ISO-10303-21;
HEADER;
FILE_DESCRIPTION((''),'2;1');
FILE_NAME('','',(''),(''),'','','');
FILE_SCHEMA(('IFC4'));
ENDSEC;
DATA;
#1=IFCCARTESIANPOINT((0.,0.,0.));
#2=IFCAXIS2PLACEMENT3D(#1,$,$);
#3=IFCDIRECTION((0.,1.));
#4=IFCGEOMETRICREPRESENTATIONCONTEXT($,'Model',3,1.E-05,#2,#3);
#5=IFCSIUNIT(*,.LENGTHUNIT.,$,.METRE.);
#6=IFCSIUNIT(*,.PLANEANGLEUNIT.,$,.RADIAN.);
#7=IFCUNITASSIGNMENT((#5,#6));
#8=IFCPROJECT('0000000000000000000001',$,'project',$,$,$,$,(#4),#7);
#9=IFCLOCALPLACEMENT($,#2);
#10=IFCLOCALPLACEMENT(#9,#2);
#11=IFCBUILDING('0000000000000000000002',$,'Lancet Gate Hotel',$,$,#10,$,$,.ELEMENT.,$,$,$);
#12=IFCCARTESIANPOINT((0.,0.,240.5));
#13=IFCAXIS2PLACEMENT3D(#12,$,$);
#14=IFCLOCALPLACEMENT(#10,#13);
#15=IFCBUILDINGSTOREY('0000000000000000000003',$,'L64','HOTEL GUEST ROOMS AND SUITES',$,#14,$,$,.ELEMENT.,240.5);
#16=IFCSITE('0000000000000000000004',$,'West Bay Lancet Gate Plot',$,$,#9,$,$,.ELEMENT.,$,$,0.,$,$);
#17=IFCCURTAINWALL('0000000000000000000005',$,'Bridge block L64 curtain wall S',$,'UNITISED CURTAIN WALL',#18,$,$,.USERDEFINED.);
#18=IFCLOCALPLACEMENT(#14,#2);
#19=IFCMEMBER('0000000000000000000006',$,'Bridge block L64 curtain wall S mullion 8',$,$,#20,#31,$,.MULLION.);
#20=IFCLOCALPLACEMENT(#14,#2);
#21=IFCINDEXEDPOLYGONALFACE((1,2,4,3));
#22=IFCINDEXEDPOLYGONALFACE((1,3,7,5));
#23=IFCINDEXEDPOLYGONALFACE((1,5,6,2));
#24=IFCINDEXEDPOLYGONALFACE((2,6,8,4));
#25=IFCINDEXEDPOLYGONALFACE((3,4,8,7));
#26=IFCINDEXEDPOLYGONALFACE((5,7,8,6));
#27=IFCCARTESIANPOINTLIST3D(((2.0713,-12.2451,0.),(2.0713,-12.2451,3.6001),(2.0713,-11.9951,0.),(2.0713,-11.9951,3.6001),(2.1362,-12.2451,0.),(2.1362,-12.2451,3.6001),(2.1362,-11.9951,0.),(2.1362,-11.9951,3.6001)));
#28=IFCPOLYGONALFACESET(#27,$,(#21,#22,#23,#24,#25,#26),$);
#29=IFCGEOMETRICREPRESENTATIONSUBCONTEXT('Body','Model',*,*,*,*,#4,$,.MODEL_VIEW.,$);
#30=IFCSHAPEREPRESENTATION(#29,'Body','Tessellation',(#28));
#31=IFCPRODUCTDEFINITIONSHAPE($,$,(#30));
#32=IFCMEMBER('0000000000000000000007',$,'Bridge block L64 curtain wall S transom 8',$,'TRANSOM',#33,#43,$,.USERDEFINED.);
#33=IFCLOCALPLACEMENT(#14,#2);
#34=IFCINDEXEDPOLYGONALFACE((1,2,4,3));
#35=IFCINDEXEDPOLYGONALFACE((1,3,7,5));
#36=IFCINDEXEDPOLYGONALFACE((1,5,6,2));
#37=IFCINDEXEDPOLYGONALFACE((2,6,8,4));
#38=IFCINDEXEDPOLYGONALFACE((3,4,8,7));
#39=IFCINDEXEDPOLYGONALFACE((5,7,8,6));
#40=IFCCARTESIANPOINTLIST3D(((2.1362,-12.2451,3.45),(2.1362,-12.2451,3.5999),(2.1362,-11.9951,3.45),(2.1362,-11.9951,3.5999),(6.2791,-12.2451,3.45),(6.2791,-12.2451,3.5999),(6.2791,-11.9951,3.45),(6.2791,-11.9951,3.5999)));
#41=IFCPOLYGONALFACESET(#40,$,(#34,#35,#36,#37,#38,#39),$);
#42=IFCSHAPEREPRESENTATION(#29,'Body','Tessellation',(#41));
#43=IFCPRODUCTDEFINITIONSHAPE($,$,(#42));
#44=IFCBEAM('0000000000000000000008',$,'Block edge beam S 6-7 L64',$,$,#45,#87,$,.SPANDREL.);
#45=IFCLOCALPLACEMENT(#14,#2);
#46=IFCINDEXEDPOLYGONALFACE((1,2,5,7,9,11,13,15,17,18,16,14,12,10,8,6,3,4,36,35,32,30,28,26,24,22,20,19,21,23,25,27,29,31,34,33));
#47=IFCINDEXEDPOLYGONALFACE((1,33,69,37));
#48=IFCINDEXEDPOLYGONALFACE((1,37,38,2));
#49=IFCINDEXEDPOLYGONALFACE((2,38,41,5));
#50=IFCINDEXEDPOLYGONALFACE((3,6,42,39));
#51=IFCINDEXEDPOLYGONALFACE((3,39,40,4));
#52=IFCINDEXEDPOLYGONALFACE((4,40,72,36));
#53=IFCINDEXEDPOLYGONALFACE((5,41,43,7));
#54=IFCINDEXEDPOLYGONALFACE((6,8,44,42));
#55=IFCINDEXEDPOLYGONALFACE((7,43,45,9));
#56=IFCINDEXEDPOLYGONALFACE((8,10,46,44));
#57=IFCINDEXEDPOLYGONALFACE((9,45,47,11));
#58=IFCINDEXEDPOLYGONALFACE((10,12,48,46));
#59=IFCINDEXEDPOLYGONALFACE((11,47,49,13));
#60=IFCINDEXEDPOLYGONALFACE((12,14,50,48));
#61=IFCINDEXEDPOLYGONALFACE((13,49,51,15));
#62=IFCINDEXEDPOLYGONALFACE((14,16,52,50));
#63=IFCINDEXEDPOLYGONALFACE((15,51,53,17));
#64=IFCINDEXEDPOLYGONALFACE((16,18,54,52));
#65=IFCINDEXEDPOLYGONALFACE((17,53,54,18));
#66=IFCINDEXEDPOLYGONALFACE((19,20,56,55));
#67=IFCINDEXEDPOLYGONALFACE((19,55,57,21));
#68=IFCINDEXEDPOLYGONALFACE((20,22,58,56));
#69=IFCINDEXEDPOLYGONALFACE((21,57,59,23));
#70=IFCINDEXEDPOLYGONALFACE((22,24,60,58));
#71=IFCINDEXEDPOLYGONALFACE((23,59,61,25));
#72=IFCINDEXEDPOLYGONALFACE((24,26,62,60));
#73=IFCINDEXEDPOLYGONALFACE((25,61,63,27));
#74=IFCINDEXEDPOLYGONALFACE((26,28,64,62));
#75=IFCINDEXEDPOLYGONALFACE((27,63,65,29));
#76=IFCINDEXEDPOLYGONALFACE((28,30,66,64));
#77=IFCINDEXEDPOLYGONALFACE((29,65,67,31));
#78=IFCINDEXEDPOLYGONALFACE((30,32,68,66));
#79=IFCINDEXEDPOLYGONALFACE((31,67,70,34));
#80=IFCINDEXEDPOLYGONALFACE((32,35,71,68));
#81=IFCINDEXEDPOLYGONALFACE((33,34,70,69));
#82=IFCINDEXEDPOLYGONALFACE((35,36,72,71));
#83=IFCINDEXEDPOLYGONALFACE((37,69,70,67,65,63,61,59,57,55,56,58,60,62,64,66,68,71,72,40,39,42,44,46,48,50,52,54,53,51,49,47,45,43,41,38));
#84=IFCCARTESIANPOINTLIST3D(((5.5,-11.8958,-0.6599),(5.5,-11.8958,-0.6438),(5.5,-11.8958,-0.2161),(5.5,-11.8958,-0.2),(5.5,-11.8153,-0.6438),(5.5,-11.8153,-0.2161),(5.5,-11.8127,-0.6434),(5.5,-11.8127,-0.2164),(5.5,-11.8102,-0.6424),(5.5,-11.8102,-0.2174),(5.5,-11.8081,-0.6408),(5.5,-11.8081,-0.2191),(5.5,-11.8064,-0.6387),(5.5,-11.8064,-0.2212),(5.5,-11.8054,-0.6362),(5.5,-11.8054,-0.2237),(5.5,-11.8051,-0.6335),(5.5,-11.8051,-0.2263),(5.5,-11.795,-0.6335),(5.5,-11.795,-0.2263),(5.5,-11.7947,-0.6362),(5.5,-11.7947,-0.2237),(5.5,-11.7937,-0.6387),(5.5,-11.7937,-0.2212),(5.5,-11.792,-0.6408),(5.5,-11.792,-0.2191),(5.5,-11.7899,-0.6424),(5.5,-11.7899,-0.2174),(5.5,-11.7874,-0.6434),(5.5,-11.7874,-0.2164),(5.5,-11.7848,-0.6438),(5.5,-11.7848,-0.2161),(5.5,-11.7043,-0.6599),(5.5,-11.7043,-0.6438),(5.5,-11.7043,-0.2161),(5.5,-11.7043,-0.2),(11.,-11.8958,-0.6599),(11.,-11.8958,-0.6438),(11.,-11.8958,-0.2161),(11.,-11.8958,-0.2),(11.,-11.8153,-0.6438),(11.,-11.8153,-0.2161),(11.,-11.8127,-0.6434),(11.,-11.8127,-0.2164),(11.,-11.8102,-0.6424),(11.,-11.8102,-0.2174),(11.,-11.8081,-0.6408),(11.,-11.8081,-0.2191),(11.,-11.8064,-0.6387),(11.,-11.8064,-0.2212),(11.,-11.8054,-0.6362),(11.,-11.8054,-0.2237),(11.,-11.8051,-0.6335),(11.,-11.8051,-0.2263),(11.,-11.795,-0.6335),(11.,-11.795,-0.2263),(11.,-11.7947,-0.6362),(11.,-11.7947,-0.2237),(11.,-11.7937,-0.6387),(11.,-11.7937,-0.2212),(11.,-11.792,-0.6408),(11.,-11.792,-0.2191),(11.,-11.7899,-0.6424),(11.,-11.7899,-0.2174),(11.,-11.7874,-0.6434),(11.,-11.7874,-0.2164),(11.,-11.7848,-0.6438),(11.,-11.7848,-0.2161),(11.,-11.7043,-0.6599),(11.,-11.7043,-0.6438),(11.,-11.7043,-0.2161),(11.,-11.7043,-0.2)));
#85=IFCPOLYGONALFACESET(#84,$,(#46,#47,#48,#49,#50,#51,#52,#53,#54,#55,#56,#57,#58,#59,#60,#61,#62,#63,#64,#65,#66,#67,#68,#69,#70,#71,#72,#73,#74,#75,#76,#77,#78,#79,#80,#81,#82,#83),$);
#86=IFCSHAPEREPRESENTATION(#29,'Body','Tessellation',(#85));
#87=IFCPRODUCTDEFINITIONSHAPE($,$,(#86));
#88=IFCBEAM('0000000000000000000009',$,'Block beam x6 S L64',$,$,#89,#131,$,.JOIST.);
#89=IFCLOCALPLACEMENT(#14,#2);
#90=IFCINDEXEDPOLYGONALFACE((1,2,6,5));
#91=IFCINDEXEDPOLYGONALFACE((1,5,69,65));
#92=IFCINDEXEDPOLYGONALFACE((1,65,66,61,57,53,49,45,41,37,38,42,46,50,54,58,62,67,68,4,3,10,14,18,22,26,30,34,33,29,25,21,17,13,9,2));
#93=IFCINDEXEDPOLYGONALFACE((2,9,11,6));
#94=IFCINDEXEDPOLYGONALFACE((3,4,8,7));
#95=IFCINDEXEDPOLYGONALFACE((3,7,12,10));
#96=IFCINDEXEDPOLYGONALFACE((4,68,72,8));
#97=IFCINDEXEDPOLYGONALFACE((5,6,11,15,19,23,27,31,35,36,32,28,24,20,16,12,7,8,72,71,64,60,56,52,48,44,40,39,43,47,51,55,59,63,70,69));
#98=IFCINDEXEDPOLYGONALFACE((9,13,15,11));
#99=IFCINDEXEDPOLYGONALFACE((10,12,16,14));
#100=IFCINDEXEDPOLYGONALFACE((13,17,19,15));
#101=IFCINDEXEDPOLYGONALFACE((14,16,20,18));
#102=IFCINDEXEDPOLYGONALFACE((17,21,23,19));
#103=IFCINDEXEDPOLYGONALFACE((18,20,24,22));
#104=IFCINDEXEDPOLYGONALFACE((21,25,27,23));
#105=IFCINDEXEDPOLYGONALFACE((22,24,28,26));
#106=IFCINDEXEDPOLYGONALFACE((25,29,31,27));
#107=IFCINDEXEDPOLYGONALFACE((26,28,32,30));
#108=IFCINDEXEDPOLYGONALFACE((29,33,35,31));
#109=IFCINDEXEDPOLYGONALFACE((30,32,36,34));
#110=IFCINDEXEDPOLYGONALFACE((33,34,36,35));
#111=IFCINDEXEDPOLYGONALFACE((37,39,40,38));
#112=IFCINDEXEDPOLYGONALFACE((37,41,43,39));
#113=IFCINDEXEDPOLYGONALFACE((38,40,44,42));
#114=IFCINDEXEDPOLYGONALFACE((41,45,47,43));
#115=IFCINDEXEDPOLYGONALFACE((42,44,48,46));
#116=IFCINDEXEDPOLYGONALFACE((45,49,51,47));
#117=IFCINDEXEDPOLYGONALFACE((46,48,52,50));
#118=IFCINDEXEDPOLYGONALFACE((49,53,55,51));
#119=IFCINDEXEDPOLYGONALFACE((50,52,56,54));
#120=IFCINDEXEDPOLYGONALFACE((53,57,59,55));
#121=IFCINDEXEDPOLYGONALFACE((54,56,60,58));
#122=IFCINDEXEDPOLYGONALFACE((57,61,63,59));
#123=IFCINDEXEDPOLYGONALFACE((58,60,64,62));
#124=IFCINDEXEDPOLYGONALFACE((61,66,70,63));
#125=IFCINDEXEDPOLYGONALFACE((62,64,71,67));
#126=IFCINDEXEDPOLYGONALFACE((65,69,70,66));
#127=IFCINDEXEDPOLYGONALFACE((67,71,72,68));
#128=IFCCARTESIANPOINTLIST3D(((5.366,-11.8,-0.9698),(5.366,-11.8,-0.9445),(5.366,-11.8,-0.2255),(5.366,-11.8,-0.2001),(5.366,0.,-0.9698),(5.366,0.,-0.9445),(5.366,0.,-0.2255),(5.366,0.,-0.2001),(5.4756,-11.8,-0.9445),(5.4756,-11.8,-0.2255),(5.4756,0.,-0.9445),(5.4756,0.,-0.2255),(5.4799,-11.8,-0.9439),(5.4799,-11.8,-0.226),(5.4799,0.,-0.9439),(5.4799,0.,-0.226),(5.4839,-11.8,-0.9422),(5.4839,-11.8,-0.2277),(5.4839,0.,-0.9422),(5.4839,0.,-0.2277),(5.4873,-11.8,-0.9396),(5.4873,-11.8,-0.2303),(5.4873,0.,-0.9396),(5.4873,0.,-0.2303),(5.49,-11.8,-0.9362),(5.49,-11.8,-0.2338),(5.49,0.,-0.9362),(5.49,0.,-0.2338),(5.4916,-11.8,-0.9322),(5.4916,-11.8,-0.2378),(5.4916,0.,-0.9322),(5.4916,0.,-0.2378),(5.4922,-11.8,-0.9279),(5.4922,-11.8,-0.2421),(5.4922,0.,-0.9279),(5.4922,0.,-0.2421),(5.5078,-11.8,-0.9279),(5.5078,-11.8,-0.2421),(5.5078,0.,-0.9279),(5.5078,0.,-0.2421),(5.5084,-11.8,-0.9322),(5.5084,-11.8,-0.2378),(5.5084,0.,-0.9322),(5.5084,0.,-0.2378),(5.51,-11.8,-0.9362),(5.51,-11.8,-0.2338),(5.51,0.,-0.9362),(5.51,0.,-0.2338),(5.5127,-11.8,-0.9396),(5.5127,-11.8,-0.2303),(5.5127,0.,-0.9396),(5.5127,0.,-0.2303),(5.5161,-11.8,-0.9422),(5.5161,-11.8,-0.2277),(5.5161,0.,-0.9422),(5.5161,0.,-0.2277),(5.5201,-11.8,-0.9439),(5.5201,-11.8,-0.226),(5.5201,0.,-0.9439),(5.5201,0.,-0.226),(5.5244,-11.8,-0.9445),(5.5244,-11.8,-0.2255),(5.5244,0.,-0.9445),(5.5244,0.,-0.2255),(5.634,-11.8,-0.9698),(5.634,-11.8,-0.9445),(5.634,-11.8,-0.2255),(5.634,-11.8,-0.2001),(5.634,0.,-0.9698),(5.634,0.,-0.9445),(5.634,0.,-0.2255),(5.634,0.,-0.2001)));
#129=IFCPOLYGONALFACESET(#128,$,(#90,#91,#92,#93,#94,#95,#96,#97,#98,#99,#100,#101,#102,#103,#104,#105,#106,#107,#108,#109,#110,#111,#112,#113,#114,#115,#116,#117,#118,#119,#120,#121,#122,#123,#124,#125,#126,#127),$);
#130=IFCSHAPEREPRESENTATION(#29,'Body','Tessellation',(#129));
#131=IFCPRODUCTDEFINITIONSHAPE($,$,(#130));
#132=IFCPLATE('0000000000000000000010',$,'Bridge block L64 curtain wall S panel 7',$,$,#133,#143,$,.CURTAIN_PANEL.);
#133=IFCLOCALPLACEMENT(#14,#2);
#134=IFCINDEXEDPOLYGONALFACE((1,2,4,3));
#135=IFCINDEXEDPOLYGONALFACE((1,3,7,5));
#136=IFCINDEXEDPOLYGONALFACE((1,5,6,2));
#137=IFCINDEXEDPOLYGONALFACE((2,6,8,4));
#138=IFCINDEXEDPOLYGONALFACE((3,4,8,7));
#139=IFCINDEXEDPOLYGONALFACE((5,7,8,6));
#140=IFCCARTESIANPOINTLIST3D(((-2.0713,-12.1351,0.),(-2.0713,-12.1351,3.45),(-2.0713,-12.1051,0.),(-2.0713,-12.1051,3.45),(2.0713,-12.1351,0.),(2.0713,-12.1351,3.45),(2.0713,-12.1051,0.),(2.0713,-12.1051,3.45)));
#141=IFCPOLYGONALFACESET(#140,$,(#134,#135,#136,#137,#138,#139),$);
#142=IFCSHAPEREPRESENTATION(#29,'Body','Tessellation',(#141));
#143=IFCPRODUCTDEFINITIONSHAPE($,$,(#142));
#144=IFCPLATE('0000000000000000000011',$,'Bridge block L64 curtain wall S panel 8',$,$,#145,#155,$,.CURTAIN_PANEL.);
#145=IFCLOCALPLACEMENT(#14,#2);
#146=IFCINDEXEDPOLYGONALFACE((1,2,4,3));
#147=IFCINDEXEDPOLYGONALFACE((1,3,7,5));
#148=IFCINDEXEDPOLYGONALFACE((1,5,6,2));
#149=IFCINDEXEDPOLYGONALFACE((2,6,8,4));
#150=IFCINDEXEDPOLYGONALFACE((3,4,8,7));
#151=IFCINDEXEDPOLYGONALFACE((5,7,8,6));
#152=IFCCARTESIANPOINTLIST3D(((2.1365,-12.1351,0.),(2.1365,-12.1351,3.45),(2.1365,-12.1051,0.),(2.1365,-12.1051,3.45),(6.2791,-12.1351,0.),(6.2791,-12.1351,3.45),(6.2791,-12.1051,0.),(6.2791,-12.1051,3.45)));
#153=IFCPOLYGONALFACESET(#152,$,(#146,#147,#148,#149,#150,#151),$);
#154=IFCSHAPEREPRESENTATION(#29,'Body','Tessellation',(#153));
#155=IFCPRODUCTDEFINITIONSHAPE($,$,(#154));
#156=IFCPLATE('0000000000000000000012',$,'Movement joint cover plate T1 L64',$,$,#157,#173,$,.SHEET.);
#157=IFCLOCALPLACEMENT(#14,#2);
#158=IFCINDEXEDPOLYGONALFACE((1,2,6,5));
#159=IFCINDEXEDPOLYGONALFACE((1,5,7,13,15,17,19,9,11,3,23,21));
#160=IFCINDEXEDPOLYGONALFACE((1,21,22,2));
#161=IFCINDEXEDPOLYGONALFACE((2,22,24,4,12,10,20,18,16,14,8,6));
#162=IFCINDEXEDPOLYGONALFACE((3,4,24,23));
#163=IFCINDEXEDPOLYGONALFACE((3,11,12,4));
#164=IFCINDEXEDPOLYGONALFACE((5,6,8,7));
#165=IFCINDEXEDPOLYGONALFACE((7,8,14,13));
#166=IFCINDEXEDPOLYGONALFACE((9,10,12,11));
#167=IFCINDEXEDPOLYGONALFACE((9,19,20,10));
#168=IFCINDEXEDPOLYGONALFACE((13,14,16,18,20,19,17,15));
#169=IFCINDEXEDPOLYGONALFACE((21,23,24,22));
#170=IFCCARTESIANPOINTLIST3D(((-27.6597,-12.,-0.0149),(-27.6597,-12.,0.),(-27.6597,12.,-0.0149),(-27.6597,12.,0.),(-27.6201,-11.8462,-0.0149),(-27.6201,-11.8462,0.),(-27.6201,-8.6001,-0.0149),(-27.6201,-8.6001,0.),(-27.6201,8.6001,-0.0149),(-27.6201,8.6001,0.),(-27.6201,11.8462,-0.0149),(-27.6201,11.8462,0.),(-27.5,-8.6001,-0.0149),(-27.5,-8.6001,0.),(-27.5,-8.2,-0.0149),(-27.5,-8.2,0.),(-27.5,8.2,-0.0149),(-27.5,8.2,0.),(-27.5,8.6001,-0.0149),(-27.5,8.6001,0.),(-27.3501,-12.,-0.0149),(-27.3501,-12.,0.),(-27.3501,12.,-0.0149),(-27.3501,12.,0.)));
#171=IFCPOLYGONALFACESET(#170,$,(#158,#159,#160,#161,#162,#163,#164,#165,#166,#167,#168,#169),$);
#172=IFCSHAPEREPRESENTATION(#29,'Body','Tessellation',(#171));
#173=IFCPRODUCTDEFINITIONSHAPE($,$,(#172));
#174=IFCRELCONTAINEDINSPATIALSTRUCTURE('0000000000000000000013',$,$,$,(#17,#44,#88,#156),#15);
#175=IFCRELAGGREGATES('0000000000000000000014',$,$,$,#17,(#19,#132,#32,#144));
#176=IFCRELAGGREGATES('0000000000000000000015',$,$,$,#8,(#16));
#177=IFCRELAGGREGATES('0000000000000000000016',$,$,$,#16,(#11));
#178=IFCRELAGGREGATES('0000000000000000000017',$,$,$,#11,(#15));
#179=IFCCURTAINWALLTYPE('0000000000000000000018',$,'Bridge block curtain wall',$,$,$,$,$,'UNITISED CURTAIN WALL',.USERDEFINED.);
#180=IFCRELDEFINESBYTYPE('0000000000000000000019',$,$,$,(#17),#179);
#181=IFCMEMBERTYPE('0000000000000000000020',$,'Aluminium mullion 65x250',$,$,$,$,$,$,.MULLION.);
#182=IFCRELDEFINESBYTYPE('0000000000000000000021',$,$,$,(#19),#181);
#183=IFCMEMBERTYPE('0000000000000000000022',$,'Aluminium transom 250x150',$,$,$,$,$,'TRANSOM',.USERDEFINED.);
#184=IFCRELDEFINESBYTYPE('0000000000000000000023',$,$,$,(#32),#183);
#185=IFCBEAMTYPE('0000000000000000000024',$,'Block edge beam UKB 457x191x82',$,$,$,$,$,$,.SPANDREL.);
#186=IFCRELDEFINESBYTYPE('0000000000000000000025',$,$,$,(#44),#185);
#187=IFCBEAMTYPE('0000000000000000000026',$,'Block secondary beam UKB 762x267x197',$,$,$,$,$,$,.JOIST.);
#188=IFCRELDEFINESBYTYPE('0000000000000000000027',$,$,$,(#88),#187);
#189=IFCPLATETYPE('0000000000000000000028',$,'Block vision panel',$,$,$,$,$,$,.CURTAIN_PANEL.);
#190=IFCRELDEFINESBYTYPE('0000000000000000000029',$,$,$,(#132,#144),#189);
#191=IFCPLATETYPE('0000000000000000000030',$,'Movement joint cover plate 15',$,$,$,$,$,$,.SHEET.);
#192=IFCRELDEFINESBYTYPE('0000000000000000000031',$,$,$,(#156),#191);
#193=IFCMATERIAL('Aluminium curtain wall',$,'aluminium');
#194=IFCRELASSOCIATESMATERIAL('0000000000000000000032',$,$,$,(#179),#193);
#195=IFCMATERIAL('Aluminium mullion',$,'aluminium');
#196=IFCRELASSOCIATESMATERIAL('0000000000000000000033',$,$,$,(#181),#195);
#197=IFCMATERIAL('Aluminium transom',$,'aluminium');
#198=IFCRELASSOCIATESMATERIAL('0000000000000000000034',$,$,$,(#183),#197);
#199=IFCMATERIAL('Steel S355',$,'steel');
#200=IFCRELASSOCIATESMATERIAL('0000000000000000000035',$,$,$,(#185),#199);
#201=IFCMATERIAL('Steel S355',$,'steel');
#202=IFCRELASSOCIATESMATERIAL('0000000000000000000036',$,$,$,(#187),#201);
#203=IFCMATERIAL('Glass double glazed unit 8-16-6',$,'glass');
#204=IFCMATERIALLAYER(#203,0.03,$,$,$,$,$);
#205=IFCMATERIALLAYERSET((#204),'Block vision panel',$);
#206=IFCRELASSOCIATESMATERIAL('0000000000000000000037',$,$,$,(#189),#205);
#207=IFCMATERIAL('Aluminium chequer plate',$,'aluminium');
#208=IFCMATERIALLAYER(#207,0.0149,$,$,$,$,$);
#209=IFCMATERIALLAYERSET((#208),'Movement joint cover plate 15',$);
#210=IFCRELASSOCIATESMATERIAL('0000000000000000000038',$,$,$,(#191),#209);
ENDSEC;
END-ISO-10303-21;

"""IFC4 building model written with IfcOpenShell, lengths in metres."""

from ifc_helpers import new_model, si_unit, direction, frame, origin, origin_2d, place, context, subcontext, project, spatial, polyline, rectangle, i_section, outline, extrude, material, layer, layer_set, material_profile, profile_set, type_object, element, aggregate, save


model = new_model("IFC4")

# Units and contexts
model_context = context("Model", 3, precision=1e-05, world=origin(), true_north=direction((0.0, 1.0)))
body_context = subcontext(model_context, "Body", "Model", "MODEL_VIEW")
ifc_project = project(units=[si_unit("LENGTHUNIT", "METRE"), si_unit("PLANEANGLEUNIT", "RADIAN")], contexts=[model_context])

# Site, building, storey
site_placement = place(None, origin())
site = spatial("IfcSite", under=ifc_project, at=site_placement, Name="West Bay Lancet Gate Plot", CompositionType="ELEMENT", RefElevation=0.0)
building_placement = place(site_placement, origin())
building = spatial("IfcBuilding", under=site, at=building_placement, Name="Lancet Gate Hotel", CompositionType="ELEMENT")
storey_placement = place(building_placement, frame((0.0, 0.0, 240.5)))
storey = spatial("IfcBuildingStorey", under=building, at=storey_placement, Name="L64", Description="HOTEL GUEST ROOMS AND SUITES", CompositionType="ELEMENT", Elevation=240.5)

# Curtain wall, members
ifc_material_1 = material(Name="Aluminium curtain wall", Category="aluminium")
curtain_wall_type = type_object("IfcCurtainWallType", Name="Bridge block curtain wall", ElementType="UNITISED CURTAIN WALL", PredefinedType="USERDEFINED", material=ifc_material_1)
curtain_wall_placement = place(storey_placement, origin())
curtain_wall = element("IfcCurtainWall", 1, at=curtain_wall_placement, inside=storey, type_object=curtain_wall_type, Name="Bridge block L64 curtain wall S", ObjectType="UNITISED CURTAIN WALL", PredefinedType="USERDEFINED")
ifc_material_2 = material(Name="Aluminium mullion", Category="aluminium")
ifc_material_profile_1 = material_profile(ifc_material_2, rectangle(XDim=0.0649, YDim=0.25, at=origin_2d()), Name="MULLION 65x250")
ifc_profile_set_1 = profile_set([ifc_material_profile_1], Name="Aluminium mullion")
member_type_1 = type_object("IfcMemberType", Name="Aluminium mullion 65x250", PredefinedType="MULLION", material=ifc_profile_set_1)
member_1_placement = place(storey_placement, frame((2.1038, -12.1201, 0.0), z_axis=(0.0, 0.0, 1.0), x_axis=(1.0, 0.0, 0.0)))
member_1 = element("IfcMember", 2, at=member_1_placement, type_object=member_type_1, Name="Bridge block L64 curtain wall S mullion 8", PredefinedType="MULLION", context=body_context, shape_type="SweptSolid", body=[
    extrude(rectangle(XDim=0.0649, YDim=0.25, at=origin_2d()), origin(), (0.0, 0.0, 1.0), 3.6001),
])
ifc_material_3 = material(Name="Aluminium transom", Category="aluminium")
ifc_material_profile_2 = material_profile(ifc_material_3, rectangle(XDim=0.25, YDim=0.1499, at=origin_2d()), Name="TRANSOM 250x150")
ifc_profile_set_2 = profile_set([ifc_material_profile_2], Name="Aluminium transom")
member_type_2 = type_object("IfcMemberType", Name="Aluminium transom 250x150", ElementType="TRANSOM", PredefinedType="USERDEFINED", material=ifc_profile_set_2)
member_2_placement = place(storey_placement, frame((2.1362, -12.1201, 3.5249), z_axis=(1.0, 0.0, 0.0), x_axis=(0.0, 1.0, 0.0)))
member_2 = element("IfcMember", 3, at=member_2_placement, type_object=member_type_2, Name="Bridge block L64 curtain wall S transom 8", ObjectType="TRANSOM", PredefinedType="USERDEFINED", context=body_context, shape_type="SweptSolid", body=[
    extrude(rectangle(XDim=0.25, YDim=0.1499, at=origin_2d()), origin(), (0.0, 0.0, 1.0), 4.1428),
])

# Beams
ifc_material_4 = material(Name="Steel S355", Category="steel")
ifc_material_profile_3 = material_profile(ifc_material_4, i_section(OverallWidth=0.1914, OverallDepth=0.46, WebThickness=0.01, FlangeThickness=0.0161, FilletRadius=0.0103, at=origin_2d()), Name="UKB 457x191x82")
ifc_profile_set_3 = profile_set([ifc_material_profile_3], Name="Steel S355")
beam_type_1 = type_object("IfcBeamType", Name="Block edge beam UKB 457x191x82", PredefinedType="SPANDREL", material=ifc_profile_set_3)
beam_1_placement = place(storey_placement, frame((5.5, -11.8, -0.4299), z_axis=(1.0, 0.0, 0.0), x_axis=(0.0, 1.0, 0.0)))
element("IfcBeam", 4, at=beam_1_placement, inside=storey, type_object=beam_type_1, Name="Block edge beam S 6-7 L64", PredefinedType="SPANDREL", context=body_context, shape_type="SweptSolid", body=[
    extrude(i_section(OverallWidth=0.1914, OverallDepth=0.46, WebThickness=0.01, FlangeThickness=0.0161, FilletRadius=0.0103, at=origin_2d()), origin(), (0.0, 0.0, 1.0), 5.5),
])
ifc_material_5 = material(Name="Steel S355", Category="steel")
ifc_material_profile_4 = material_profile(ifc_material_5, i_section(OverallWidth=0.2681, OverallDepth=0.7698, WebThickness=0.0156, FlangeThickness=0.0254, FilletRadius=0.0166, at=origin_2d()), Name="UKB 762x267x197")
ifc_profile_set_4 = profile_set([ifc_material_profile_4], Name="Steel S355")
beam_type_2 = type_object("IfcBeamType", Name="Block secondary beam UKB 762x267x197", PredefinedType="JOIST", material=ifc_profile_set_4)
beam_2_placement = place(storey_placement, frame((5.5, -11.8, -0.585), z_axis=(0.0, 1.0, 0.0), x_axis=(-1.0, 0.0, 0.0)))
element("IfcBeam", 5, at=beam_2_placement, inside=storey, type_object=beam_type_2, Name="Block beam x6 S L64", PredefinedType="JOIST", context=body_context, shape_type="SweptSolid", body=[
    extrude(i_section(OverallWidth=0.2681, OverallDepth=0.7698, WebThickness=0.0156, FlangeThickness=0.0254, FilletRadius=0.0166, at=origin_2d()), origin(), (0.0, 0.0, 1.0), 11.8),
])

# Plates
ifc_material_6 = material(Name="Glass double glazed unit 8-16-6", Category="glass")
ifc_layer_1 = layer(ifc_material_6, 0.03)
ifc_layer_set_1 = layer_set([ifc_layer_1], Name="Block vision panel")
plate_type_1 = type_object("IfcPlateType", Name="Block vision panel", PredefinedType="CURTAIN_PANEL", material=ifc_layer_set_1)
plate_1_placement = place(storey_placement, frame((0.0, -12.1201, 0.0), z_axis=(0.0, 0.0, 1.0), x_axis=(1.0, 0.0, 0.0)))
plate_1 = element("IfcPlate", 6, at=plate_1_placement, type_object=plate_type_1, Name="Bridge block L64 curtain wall S panel 7", PredefinedType="CURTAIN_PANEL", context=body_context, shape_type="SweptSolid", body=[
    extrude(rectangle(XDim=4.1426, YDim=0.03, at=origin_2d()), origin(), (0.0, 0.0, 1.0), 3.45),
])
plate_2_placement = place(storey_placement, frame((4.2078, -12.1201, 0.0), z_axis=(0.0, 0.0, 1.0), x_axis=(1.0, 0.0, 0.0)))
plate_2 = element("IfcPlate", 7, at=plate_2_placement, type_object=plate_type_1, Name="Bridge block L64 curtain wall S panel 8", PredefinedType="CURTAIN_PANEL", context=body_context, shape_type="SweptSolid", body=[
    extrude(rectangle(XDim=4.1426, YDim=0.03, at=origin_2d()), origin(), (0.0, 0.0, 1.0), 3.45),
])
aggregate(curtain_wall, [member_1, plate_1, member_2, plate_2])

# Plate
ifc_material_7 = material(Name="Aluminium chequer plate", Category="aluminium")
ifc_layer_2 = layer(ifc_material_7, 0.0149)
ifc_layer_set_2 = layer_set([ifc_layer_2], Name="Movement joint cover plate 15")
plate_type_2 = type_object("IfcPlateType", Name="Movement joint cover plate 15", PredefinedType="SHEET", material=ifc_layer_set_2)
plate_3_placement = place(storey_placement, frame((0.0, 0.0, -0.0149)))
element("IfcPlate", 8, at=plate_3_placement, inside=storey, type_object=plate_type_2, Name="Movement joint cover plate T1 L64", PredefinedType="SHEET", context=body_context, shape_type="SweptSolid", body=[
    extrude(outline(polyline([(-27.3501, 12.0), (-27.6597, 12.0), (-27.6201, 11.8462), (-27.6201, 8.6001), (-27.5, 8.6001), (-27.5, 8.2), (-27.5, -8.2), (-27.5, -8.6001), (-27.6201, -8.6001), (-27.6201, -11.8462), (-27.6597, -12.0), (-27.3501, -12.0), (-27.3501, 12.0)])), origin(), (0.0, 0.0, 1.0), 0.0149),
])

save(model, "model.ifc")
